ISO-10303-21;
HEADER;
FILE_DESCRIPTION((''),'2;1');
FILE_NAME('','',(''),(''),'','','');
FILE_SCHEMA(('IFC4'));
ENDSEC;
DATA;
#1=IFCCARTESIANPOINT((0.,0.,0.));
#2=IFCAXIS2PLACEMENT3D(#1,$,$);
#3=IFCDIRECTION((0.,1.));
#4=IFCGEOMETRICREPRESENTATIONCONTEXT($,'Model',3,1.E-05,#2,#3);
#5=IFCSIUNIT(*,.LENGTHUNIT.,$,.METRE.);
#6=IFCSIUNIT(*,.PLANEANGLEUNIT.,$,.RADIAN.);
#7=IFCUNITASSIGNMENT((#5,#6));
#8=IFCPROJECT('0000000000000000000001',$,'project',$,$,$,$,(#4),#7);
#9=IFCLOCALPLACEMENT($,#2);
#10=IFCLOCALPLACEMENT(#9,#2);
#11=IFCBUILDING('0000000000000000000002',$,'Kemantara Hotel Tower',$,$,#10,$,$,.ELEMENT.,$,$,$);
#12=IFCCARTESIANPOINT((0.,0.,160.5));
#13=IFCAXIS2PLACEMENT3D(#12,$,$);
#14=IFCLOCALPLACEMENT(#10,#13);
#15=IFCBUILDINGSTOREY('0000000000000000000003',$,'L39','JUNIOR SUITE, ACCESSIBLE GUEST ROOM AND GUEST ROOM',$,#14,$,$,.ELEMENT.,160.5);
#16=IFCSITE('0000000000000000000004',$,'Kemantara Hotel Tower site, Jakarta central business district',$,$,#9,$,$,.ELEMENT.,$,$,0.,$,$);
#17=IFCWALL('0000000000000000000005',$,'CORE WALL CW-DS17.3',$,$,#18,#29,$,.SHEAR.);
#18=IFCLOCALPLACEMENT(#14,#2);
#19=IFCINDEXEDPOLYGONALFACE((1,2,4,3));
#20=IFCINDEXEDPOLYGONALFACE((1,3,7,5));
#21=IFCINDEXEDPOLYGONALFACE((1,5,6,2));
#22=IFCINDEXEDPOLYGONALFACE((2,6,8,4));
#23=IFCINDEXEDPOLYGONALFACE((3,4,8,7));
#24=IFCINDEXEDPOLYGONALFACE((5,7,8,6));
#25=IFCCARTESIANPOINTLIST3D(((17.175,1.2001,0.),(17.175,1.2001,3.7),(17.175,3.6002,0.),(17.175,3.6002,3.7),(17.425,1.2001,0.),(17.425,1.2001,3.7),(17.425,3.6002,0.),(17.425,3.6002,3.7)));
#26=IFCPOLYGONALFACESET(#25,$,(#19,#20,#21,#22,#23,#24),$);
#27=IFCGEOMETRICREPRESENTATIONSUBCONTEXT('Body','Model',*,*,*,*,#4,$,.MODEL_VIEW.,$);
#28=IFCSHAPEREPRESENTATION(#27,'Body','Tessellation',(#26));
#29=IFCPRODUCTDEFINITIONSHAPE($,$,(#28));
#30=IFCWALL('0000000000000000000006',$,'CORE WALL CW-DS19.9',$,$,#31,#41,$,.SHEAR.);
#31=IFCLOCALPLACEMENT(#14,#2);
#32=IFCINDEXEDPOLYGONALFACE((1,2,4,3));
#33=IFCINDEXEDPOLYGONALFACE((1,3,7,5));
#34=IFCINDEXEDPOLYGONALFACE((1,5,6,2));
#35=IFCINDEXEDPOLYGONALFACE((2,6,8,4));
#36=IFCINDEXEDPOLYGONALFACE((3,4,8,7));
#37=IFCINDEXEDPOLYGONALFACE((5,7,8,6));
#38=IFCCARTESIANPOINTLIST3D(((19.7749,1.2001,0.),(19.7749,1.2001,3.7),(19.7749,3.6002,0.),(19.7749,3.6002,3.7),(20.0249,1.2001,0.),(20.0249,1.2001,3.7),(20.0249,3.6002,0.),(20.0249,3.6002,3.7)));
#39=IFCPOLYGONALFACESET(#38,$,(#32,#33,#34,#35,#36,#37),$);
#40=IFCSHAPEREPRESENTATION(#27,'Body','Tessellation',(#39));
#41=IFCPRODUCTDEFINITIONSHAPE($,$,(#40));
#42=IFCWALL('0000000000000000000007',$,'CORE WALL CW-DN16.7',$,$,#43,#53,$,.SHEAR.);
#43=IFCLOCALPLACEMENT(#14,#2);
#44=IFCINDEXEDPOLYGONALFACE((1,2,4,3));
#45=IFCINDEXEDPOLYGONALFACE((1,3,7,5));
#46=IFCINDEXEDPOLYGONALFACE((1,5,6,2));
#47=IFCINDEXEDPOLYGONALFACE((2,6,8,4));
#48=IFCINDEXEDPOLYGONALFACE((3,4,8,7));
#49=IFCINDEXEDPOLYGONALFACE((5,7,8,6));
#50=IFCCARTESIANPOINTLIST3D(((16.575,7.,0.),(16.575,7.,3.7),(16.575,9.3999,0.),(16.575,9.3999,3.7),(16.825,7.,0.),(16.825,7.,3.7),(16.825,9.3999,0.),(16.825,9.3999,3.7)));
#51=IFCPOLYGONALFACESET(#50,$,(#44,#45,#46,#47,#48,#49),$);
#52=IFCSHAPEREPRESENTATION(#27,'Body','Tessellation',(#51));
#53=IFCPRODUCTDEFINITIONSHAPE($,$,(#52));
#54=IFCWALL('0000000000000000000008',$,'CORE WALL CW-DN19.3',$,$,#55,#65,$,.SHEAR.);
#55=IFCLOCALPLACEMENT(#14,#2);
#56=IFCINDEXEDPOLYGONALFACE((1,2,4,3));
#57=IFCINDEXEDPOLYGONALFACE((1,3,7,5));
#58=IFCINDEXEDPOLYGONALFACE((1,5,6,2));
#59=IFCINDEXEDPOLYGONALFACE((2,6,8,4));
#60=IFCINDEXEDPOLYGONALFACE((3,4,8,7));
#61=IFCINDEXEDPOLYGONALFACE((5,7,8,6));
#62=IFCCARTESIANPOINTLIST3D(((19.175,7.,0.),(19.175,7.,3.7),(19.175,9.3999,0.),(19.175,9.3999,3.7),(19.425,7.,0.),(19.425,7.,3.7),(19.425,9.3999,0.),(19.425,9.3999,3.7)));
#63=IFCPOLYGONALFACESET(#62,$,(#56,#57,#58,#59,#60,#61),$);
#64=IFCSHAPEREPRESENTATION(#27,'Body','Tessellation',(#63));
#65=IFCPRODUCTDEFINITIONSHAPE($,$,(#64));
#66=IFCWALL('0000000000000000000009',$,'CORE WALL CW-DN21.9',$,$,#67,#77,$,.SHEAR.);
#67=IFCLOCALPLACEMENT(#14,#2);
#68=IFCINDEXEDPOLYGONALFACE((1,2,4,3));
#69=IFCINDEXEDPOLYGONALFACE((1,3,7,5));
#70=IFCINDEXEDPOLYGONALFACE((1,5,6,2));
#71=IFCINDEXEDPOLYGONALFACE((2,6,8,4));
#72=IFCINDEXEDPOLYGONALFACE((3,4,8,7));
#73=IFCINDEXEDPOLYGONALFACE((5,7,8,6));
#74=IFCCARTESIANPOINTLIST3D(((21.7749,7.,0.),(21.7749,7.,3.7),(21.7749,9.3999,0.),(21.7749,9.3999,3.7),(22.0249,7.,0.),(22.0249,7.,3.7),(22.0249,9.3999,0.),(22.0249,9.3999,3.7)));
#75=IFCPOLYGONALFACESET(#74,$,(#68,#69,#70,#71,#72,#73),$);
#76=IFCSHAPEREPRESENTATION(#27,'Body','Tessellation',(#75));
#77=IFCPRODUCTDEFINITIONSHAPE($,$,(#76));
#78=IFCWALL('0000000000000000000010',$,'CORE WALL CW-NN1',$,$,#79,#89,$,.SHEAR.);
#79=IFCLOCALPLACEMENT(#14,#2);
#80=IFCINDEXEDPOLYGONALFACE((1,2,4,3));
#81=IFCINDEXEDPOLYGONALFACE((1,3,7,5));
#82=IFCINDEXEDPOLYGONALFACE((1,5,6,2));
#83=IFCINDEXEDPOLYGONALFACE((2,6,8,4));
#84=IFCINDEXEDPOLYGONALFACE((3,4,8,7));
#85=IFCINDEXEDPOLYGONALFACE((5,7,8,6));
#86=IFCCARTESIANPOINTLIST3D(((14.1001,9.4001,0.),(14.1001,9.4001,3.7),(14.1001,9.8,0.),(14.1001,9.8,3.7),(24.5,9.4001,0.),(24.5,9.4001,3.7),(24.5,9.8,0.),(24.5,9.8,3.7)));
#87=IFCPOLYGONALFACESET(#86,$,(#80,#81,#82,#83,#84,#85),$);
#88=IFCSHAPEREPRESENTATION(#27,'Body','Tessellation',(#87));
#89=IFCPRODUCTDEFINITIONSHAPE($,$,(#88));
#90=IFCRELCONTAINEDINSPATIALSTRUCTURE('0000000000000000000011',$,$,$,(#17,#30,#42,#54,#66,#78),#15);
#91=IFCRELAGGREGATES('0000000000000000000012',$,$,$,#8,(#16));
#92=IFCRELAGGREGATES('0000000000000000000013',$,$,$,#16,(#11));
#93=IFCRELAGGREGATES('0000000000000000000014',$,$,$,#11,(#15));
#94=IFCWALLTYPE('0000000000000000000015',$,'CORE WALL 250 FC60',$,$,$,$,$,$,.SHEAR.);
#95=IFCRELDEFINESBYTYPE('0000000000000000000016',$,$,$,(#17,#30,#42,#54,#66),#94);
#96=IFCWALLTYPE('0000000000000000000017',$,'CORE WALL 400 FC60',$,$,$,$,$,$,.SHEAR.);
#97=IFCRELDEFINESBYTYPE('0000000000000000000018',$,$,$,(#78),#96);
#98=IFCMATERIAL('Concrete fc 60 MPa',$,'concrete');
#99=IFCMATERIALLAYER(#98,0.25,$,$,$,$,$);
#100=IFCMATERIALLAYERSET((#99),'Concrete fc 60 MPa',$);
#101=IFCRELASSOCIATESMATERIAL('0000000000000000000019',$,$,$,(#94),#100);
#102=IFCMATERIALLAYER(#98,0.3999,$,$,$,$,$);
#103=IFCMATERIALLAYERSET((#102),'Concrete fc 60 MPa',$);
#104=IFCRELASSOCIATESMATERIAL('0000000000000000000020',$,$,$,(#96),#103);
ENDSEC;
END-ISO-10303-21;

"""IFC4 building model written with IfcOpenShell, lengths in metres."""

from ifc_helpers import new_model, si_unit, direction, frame, frame_2d, origin, place, context, subcontext, project, spatial, rectangle, extrude, material, layer, layer_set, type_object, element, save


model = new_model("IFC4")

# Units and contexts
model_context = context("Model", 3, precision=1e-05, world=origin(), true_north=direction((0.0, 1.0)))
body_context = subcontext(model_context, "Body", "Model", "MODEL_VIEW")
ifc_project = project(units=[si_unit("LENGTHUNIT", "METRE"), si_unit("PLANEANGLEUNIT", "RADIAN")], contexts=[model_context])

# Site, building, storey
site_placement = place(None, origin())
site = spatial("IfcSite", under=ifc_project, at=site_placement, Name="Kemantara Hotel Tower site, Jakarta central business district", CompositionType="ELEMENT", RefElevation=0.0)
building_placement = place(site_placement, origin())
building = spatial("IfcBuilding", under=site, at=building_placement, Name="Kemantara Hotel Tower", CompositionType="ELEMENT")
storey_placement = place(building_placement, frame((0.0, 0.0, 160.5)))
storey = spatial("IfcBuildingStorey", under=building, at=storey_placement, Name="L39", Description="JUNIOR SUITE, ACCESSIBLE GUEST ROOM AND GUEST ROOM", CompositionType="ELEMENT", Elevation=160.5)

# Walls
ifc_material_1 = material(Name="Concrete fc 60 MPa", Category="concrete")
ifc_layer_1 = layer(ifc_material_1, 0.25)
ifc_layer_set_1 = layer_set([ifc_layer_1], Name="Concrete fc 60 MPa")
wall_type_1 = type_object("IfcWallType", Name="CORE WALL 250 FC60", PredefinedType="SHEAR", material=ifc_layer_set_1)
for number, where, z_axis, x_axis, name in (
    (1, (17.3, 1.2, 0.0), (0.0, 0.0, 1.0), (0.0, 1.0, 0.0), "CORE WALL CW-DS17.3"),
    (2, (19.8999, 1.2, 0.0), (0.0, 0.0, 1.0), (0.0, 1.0, 0.0), "CORE WALL CW-DS19.9"),
):
    element("IfcWall", number, at=place(storey_placement, frame(where, z_axis=z_axis, x_axis=x_axis)), inside=storey, type_object=wall_type_1, Name=name, PredefinedType="SHEAR", context=body_context, shape_type="SweptSolid", body=[
        extrude(rectangle(XDim=2.4001, YDim=0.25, at=frame_2d((1.2002, 0.0))), origin(), (0.0, 0.0, 1.0), 3.7),
    ])
for number, where, z_axis, x_axis, name in (
    (3, (16.7, 7.0, 0.0), (0.0, 0.0, 1.0), (0.0, 1.0, 0.0), "CORE WALL CW-DN16.7"),
    (4, (19.3, 7.0, 0.0), (0.0, 0.0, 1.0), (0.0, 1.0, 0.0), "CORE WALL CW-DN19.3"),
    (5, (21.8999, 7.0, 0.0), (0.0, 0.0, 1.0), (0.0, 1.0, 0.0), "CORE WALL CW-DN21.9"),
):
    element("IfcWall", number, at=place(storey_placement, frame(where, z_axis=z_axis, x_axis=x_axis)), inside=storey, type_object=wall_type_1, Name=name, PredefinedType="SHEAR", context=body_context, shape_type="SweptSolid", body=[
        extrude(rectangle(XDim=2.3999, YDim=0.25, at=frame_2d((1.2, 0.0))), origin(), (0.0, 0.0, 1.0), 3.7),
    ])
ifc_layer_2 = layer(ifc_material_1, 0.3999)
ifc_layer_set_2 = layer_set([ifc_layer_2], Name="Concrete fc 60 MPa")
wall_type_2 = type_object("IfcWallType", Name="CORE WALL 400 FC60", PredefinedType="SHEAR", material=ifc_layer_set_2)
wall_1_placement = place(storey_placement, frame((14.1001, 9.6001, 0.0), z_axis=(0.0, 0.0, 1.0), x_axis=(1.0, 0.0, 0.0)))
element("IfcWall", 6, at=wall_1_placement, inside=storey, type_object=wall_type_2, Name="CORE WALL CW-NN1", PredefinedType="SHEAR", context=body_context, shape_type="SweptSolid", body=[
    extrude(rectangle(XDim=10.3999, YDim=0.3999, at=frame_2d((5.2, 0.0))), origin(), (0.0, 0.0, 1.0), 3.7),
])

save(model, "model.ifc")
